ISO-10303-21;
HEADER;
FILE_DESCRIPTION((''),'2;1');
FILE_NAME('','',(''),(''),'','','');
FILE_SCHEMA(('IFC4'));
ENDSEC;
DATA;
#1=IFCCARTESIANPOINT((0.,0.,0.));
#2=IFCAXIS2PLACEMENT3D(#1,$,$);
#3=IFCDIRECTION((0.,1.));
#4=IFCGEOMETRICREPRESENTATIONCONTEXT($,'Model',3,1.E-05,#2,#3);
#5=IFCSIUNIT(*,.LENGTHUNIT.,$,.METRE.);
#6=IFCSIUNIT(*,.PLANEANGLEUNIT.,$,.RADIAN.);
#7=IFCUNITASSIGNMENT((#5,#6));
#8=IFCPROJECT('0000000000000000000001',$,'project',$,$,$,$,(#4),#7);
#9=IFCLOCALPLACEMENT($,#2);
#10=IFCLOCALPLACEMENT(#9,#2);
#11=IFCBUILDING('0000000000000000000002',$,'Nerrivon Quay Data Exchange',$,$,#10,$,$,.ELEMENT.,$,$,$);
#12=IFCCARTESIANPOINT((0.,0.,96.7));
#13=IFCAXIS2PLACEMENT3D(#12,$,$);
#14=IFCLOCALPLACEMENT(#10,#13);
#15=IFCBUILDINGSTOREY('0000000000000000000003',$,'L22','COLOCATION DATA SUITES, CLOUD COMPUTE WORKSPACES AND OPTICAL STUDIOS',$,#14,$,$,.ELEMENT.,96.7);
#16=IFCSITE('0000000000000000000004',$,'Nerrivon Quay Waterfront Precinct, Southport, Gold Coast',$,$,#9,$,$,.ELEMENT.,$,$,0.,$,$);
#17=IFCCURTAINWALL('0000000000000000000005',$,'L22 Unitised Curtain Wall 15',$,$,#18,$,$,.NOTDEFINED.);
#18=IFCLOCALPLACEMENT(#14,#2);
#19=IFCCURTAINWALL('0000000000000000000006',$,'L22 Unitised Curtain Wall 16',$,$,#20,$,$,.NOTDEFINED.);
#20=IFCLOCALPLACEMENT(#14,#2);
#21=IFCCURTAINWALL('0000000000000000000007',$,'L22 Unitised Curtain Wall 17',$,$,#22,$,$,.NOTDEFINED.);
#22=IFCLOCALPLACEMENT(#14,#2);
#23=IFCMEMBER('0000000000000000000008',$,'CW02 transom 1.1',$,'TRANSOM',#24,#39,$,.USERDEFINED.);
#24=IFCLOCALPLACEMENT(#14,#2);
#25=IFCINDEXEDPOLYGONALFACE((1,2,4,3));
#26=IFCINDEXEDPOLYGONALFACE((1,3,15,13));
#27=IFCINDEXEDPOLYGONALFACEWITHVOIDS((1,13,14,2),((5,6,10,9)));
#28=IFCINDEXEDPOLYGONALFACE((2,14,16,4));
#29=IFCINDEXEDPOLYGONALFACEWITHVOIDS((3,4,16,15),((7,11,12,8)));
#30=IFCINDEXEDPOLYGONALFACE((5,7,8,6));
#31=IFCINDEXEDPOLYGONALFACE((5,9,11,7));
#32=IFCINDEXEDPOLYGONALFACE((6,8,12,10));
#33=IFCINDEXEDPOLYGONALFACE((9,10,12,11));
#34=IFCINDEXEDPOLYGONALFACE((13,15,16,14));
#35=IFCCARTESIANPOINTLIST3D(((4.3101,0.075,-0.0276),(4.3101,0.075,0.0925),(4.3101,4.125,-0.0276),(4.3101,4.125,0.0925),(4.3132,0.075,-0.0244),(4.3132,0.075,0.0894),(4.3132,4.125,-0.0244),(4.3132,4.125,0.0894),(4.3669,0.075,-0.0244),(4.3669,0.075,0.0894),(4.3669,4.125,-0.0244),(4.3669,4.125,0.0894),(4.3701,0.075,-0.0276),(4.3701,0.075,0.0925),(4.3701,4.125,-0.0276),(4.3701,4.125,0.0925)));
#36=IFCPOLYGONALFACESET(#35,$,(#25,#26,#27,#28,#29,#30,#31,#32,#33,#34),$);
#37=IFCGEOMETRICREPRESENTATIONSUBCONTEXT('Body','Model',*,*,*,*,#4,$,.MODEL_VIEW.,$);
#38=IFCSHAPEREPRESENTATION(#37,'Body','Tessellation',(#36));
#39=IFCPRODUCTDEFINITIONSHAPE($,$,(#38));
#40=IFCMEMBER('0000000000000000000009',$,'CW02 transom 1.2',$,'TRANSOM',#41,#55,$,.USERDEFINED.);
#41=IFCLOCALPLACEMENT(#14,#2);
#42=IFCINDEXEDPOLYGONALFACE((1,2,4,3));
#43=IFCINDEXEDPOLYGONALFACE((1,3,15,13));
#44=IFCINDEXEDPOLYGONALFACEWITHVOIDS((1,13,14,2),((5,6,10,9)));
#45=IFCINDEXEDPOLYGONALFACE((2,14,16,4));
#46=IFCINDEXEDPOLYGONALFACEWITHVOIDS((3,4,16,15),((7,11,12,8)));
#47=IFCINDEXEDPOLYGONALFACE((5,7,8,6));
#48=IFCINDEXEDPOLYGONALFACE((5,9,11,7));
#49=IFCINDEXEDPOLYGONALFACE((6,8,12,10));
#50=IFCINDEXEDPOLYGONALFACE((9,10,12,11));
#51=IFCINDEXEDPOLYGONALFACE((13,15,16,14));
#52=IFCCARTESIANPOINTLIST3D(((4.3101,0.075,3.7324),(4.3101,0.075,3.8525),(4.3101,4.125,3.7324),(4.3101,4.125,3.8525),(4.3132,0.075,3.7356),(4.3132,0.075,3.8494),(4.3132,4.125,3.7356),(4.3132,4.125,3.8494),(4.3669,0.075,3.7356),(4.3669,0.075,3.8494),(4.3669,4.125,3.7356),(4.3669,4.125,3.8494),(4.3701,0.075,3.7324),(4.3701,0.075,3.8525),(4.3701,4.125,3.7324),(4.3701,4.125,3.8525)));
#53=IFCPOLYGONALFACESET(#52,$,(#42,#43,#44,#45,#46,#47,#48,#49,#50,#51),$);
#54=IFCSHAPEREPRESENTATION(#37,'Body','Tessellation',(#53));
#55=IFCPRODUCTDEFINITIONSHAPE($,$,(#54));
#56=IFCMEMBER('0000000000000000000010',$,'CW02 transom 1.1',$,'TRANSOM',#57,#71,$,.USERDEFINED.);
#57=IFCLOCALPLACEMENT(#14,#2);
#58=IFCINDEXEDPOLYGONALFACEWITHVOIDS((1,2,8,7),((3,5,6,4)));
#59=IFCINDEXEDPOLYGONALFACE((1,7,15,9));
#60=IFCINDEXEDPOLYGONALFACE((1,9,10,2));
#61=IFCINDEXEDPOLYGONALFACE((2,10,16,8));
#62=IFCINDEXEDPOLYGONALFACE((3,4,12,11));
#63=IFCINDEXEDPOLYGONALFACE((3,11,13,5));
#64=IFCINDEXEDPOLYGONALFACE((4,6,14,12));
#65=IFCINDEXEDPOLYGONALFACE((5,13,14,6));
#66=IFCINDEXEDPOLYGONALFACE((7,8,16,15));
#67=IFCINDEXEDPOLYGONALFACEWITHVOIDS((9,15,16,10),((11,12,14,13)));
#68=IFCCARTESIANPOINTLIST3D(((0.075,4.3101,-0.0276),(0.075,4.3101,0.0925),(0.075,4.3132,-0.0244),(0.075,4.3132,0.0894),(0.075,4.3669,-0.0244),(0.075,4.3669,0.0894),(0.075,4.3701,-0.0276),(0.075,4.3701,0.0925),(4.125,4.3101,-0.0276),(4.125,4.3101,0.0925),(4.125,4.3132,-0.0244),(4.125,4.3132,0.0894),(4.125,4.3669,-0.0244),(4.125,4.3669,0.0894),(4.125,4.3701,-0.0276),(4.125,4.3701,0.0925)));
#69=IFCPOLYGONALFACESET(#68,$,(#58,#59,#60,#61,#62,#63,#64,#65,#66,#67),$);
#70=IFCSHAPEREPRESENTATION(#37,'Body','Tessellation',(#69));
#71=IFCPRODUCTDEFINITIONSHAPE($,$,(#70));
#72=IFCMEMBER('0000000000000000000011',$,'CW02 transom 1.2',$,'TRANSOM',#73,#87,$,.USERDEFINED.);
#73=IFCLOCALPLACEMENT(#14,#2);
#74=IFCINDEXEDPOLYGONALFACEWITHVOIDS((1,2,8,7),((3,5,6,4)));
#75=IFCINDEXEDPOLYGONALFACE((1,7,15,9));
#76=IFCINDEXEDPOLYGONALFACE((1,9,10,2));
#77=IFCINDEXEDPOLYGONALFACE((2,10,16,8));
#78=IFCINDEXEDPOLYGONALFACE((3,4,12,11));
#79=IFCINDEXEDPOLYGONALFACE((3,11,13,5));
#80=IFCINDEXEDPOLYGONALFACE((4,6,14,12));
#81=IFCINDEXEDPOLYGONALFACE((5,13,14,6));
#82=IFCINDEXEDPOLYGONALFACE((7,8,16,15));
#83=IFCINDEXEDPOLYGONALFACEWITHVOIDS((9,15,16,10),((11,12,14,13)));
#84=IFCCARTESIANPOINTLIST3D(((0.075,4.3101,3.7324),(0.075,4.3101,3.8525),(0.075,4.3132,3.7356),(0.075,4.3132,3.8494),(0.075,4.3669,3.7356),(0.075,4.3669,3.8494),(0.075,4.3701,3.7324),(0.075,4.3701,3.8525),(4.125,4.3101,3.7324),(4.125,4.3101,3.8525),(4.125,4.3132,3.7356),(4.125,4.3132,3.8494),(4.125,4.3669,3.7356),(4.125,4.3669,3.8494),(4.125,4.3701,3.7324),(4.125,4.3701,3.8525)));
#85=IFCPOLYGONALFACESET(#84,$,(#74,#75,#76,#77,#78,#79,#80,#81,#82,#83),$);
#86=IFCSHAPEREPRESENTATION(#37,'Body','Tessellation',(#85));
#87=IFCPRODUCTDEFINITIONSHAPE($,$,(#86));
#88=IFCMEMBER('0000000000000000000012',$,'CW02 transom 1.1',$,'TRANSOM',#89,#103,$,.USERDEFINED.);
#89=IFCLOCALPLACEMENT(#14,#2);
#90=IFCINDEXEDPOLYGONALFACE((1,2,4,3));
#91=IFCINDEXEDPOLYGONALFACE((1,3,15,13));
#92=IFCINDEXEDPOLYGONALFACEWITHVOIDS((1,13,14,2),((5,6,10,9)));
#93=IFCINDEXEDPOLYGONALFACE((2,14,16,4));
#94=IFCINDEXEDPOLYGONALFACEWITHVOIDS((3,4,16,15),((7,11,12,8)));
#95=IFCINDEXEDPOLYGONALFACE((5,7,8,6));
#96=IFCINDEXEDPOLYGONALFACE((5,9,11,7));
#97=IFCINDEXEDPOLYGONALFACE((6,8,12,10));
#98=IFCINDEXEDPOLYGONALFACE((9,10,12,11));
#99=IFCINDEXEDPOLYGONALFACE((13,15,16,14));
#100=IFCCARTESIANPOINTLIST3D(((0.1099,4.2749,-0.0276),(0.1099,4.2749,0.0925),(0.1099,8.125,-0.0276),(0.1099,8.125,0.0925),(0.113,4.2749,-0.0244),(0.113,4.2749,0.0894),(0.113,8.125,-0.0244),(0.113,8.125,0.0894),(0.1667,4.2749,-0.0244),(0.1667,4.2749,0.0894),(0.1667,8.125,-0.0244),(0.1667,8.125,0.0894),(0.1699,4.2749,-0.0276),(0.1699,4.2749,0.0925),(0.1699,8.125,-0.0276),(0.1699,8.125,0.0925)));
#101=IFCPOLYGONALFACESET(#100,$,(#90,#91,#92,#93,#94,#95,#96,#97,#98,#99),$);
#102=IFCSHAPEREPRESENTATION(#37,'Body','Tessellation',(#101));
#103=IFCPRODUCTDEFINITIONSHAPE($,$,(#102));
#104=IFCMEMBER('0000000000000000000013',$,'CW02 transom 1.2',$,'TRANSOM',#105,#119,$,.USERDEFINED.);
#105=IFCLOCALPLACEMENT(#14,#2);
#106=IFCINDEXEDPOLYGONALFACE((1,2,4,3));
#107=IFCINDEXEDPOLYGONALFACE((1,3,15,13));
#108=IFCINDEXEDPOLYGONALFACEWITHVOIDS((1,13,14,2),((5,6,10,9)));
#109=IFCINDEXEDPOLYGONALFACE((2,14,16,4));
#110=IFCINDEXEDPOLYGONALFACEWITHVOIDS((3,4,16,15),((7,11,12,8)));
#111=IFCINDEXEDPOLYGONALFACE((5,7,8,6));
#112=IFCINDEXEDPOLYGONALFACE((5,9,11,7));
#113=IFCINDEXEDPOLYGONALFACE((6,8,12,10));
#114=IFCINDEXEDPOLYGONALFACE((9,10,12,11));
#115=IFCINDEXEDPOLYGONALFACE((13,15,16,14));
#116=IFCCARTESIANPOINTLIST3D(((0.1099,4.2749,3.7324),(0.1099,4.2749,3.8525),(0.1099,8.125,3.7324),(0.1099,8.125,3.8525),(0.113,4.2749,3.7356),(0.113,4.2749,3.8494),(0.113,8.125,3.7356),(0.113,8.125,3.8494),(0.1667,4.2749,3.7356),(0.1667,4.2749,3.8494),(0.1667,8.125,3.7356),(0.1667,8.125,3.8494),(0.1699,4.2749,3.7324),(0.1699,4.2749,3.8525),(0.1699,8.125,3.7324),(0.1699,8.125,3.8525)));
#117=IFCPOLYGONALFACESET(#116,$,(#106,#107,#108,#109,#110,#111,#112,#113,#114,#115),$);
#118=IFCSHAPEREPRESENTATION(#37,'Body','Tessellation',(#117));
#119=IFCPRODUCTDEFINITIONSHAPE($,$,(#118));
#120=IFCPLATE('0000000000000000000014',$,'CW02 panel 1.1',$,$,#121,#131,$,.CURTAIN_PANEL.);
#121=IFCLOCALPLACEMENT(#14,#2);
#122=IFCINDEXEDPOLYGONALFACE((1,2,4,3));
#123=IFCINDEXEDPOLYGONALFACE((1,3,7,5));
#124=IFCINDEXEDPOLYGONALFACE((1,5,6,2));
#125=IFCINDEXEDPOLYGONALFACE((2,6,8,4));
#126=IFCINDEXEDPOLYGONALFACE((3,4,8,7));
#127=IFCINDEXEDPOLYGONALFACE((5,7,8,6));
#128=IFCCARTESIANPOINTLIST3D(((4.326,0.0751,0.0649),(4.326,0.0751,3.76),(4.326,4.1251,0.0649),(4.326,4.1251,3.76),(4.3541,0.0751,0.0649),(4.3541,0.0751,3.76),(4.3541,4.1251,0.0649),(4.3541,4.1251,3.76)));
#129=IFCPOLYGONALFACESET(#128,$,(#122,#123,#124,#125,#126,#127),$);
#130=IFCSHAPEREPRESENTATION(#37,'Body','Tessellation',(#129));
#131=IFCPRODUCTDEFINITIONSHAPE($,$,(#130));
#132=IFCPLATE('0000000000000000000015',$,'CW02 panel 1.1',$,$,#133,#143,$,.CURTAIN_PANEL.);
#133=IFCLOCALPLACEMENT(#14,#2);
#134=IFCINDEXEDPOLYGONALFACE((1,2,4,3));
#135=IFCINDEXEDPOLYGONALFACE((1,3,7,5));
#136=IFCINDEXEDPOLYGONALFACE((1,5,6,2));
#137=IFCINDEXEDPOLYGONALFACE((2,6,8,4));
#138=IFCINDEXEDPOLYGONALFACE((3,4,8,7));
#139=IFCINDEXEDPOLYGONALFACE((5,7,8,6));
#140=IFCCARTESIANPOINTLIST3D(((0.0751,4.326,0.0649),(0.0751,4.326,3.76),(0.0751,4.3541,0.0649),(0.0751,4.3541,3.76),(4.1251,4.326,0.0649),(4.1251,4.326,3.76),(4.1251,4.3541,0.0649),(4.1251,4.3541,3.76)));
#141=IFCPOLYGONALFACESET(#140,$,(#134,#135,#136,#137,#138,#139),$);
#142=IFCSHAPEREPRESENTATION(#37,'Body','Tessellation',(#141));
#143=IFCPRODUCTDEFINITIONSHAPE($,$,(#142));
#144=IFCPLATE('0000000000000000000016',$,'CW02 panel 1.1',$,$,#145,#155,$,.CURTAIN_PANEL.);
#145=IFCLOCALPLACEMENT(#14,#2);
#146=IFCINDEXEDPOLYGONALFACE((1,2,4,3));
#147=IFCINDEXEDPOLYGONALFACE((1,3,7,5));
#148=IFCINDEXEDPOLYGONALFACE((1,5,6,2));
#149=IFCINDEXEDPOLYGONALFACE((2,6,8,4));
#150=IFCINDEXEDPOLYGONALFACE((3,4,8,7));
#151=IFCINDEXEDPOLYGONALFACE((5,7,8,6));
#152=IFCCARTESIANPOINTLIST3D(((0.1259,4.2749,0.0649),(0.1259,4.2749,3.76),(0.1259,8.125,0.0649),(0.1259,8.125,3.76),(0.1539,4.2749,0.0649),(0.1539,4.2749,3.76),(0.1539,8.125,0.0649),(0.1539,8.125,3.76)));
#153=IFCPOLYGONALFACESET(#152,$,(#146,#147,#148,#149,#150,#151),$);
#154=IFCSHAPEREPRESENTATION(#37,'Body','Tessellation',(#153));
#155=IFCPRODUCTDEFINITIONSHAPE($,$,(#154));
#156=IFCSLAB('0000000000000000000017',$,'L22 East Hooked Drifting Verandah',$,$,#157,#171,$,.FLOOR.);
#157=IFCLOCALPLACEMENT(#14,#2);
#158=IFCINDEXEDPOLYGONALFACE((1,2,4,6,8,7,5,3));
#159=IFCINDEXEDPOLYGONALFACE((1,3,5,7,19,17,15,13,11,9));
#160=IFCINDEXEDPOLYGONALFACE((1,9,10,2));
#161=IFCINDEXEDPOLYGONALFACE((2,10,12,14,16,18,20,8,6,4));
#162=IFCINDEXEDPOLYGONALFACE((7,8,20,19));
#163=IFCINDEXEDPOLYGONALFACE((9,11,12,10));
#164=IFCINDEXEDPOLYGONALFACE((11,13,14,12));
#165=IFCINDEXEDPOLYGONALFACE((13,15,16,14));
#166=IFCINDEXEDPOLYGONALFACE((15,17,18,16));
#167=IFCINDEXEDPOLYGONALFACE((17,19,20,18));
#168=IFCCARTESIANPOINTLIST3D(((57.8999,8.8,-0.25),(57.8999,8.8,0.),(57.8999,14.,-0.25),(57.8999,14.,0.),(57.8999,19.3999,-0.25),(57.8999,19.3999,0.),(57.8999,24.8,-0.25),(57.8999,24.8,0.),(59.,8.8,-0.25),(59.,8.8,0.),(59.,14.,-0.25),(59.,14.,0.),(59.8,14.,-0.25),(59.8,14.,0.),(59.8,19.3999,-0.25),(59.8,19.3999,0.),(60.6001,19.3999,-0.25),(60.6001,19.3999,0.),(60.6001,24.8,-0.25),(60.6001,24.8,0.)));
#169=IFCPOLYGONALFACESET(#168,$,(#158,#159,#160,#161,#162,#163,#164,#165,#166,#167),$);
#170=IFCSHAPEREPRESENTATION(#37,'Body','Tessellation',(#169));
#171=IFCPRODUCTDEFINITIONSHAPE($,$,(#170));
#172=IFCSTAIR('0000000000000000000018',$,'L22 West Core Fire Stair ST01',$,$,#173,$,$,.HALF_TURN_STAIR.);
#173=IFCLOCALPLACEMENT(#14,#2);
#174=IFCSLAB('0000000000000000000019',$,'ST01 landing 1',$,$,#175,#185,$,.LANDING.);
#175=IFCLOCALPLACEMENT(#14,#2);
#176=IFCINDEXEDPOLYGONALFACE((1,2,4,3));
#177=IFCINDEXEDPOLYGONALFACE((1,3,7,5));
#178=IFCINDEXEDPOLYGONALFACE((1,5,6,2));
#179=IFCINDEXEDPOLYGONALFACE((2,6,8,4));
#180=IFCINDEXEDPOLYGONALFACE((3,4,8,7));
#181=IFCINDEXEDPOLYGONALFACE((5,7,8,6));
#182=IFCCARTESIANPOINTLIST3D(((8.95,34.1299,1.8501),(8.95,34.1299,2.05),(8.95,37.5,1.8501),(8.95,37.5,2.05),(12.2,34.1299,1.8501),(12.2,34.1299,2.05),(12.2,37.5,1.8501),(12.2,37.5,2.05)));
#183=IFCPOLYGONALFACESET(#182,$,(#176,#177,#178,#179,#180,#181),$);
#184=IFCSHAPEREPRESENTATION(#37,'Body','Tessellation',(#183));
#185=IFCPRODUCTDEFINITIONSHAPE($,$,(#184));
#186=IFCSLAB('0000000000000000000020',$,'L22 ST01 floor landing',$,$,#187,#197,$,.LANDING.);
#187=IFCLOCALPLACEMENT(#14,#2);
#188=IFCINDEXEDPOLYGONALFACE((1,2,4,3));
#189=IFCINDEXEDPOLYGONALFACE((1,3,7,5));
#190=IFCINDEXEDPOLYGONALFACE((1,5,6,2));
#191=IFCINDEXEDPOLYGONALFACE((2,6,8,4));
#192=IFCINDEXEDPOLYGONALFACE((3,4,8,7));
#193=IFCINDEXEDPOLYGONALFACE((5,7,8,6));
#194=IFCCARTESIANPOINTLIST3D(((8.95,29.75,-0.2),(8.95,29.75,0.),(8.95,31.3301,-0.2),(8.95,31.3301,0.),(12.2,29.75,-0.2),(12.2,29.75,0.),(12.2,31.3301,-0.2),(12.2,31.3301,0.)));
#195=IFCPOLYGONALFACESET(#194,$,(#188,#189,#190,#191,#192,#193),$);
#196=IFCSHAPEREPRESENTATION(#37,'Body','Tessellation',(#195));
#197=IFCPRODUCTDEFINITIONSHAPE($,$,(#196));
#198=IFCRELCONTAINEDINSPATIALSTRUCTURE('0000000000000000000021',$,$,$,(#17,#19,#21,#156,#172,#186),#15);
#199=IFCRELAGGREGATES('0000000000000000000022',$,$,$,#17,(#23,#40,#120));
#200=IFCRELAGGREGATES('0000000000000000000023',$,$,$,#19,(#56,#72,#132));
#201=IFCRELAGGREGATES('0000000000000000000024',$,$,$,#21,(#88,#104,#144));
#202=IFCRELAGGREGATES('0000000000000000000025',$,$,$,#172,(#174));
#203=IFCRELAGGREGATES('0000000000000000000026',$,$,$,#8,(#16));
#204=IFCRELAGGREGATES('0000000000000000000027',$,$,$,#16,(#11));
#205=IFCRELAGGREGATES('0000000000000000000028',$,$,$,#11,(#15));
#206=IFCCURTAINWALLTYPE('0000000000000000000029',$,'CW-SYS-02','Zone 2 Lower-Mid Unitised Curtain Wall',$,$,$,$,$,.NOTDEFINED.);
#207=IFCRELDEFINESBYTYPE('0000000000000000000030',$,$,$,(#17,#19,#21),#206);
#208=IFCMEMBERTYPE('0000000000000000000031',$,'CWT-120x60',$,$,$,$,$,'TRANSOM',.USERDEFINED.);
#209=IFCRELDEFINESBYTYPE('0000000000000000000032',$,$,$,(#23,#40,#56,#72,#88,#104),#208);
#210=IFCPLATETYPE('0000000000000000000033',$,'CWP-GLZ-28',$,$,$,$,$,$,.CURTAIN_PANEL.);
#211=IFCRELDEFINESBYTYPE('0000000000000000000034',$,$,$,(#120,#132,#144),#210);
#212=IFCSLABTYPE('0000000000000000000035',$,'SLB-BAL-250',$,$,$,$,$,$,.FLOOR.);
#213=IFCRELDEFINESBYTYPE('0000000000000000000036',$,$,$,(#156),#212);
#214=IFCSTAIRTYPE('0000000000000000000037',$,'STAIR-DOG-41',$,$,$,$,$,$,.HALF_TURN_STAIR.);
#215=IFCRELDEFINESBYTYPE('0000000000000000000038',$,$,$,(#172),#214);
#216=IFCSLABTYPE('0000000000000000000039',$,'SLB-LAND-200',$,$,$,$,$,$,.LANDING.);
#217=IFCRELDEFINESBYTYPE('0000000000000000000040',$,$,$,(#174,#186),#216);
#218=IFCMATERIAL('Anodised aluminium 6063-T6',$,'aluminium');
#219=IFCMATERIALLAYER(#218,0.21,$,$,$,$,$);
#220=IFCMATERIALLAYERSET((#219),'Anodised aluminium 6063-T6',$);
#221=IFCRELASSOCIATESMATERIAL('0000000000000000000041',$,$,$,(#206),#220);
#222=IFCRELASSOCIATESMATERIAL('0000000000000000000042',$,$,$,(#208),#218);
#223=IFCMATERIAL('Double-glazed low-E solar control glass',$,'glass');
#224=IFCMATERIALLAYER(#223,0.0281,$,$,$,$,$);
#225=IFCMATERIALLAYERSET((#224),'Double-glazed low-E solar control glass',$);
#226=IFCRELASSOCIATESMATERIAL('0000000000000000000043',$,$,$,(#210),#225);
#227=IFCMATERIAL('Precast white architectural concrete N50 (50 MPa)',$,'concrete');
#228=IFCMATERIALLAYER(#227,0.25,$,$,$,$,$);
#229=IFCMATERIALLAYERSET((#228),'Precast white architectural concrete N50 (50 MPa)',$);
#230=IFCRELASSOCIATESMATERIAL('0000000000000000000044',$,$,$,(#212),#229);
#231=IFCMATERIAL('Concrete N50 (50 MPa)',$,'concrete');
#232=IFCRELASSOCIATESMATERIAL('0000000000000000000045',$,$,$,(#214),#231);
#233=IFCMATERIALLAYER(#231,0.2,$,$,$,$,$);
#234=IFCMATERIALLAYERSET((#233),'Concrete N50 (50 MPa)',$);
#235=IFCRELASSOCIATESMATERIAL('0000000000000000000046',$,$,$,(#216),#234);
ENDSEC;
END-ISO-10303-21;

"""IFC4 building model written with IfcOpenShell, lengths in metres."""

from ifc_helpers import new_model, si_unit, direction, frame, origin, origin_2d, place, context, subcontext, project, spatial, polyline, rectangle, hollow_rectangle, outline, extrude, material, layer, layer_set, material_profile, profile_set, type_object, element, aggregate, save


model = new_model("IFC4")

# Units and contexts
model_context = context("Model", 3, precision=1e-05, world=origin(), true_north=direction((0.0, 1.0)))
body_context = subcontext(model_context, "Body", "Model", "MODEL_VIEW")
ifc_project = project(units=[si_unit("LENGTHUNIT", "METRE"), si_unit("PLANEANGLEUNIT", "RADIAN")], contexts=[model_context])

# Site, building, storey
site_placement = place(None, origin())
site = spatial("IfcSite", under=ifc_project, at=site_placement, Name="Nerrivon Quay Waterfront Precinct, Southport, Gold Coast", CompositionType="ELEMENT", RefElevation=0.0)
building_placement = place(site_placement, origin())
building = spatial("IfcBuilding", under=site, at=building_placement, Name="Nerrivon Quay Data Exchange", CompositionType="ELEMENT")
storey_placement = place(building_placement, frame((0.0, 0.0, 96.7)))
storey = spatial("IfcBuildingStorey", under=building, at=storey_placement, Name="L22", Description="COLOCATION DATA SUITES, CLOUD COMPUTE WORKSPACES AND OPTICAL STUDIOS", CompositionType="ELEMENT", Elevation=96.7)

# Shared definitions
ifc_material_1 = material(Name="Anodised aluminium 6063-T6", Category="aluminium")
ifc_layer_1 = layer(ifc_material_1, 0.21)
ifc_layer_set_1 = layer_set([ifc_layer_1], Name="Anodised aluminium 6063-T6")
curtain_wall_type = type_object("IfcCurtainWallType", Name="CW-SYS-02", Description="Zone 2 Lower-Mid Unitised Curtain Wall", PredefinedType="NOTDEFINED", material=ifc_layer_set_1)

# Curtain walls
curtain_wall_1_placement = place(storey_placement, origin())
curtain_wall_1 = element("IfcCurtainWall", 1, at=curtain_wall_1_placement, inside=storey, type_object=curtain_wall_type, Name="L22 Unitised Curtain Wall 15", PredefinedType="NOTDEFINED")
curtain_wall_2_placement = place(storey_placement, origin())
curtain_wall_2 = element("IfcCurtainWall", 2, at=curtain_wall_2_placement, inside=storey, type_object=curtain_wall_type, Name="L22 Unitised Curtain Wall 16", PredefinedType="NOTDEFINED")
curtain_wall_3_placement = place(storey_placement, origin())
curtain_wall_3 = element("IfcCurtainWall", 3, at=curtain_wall_3_placement, inside=storey, type_object=curtain_wall_type, Name="L22 Unitised Curtain Wall 17", PredefinedType="NOTDEFINED")

# Members
ifc_material_profile_1 = material_profile(ifc_material_1, hollow_rectangle(XDim=0.0601, YDim=0.1201, WallThickness=0.0032, at=origin_2d()), Name="ALU-TRAN-120x60")
ifc_profile_set_1 = profile_set([ifc_material_profile_1], Name="Anodised aluminium 6063-T6")
member_type_1 = type_object("IfcMemberType", Name="CWT-120x60", ElementType="TRANSOM", PredefinedType="USERDEFINED", material=ifc_profile_set_1)
member_1_placement = place(storey_placement, frame((4.3401, 0.075, 0.0325), z_axis=(0.0, 1.0, 0.0), x_axis=(-1.0, 0.0, 0.0)))
member_1 = element("IfcMember", 4, at=member_1_placement, type_object=member_type_1, Name="CW02 transom 1.1", ObjectType="TRANSOM", PredefinedType="USERDEFINED", context=body_context, shape_type="SweptSolid", body=[
    extrude(hollow_rectangle(XDim=0.0601, YDim=0.1201, WallThickness=0.0032, at=origin_2d()), origin(), (0.0, 0.0, 1.0), 4.05),
])
member_2_placement = place(storey_placement, frame((4.3401, 0.075, 3.7925), z_axis=(0.0, 1.0, 0.0), x_axis=(-1.0, 0.0, 0.0)))
member_2 = element("IfcMember", 5, at=member_2_placement, type_object=member_type_1, Name="CW02 transom 1.2", ObjectType="TRANSOM", PredefinedType="USERDEFINED", context=body_context, shape_type="SweptSolid", body=[
    extrude(hollow_rectangle(XDim=0.0601, YDim=0.1201, WallThickness=0.0032, at=origin_2d()), origin(), (0.0, 0.0, 1.0), 4.05),
])
member_3_placement = place(storey_placement, frame((4.125, 4.3401, 0.0325), z_axis=(-1.0, 0.0, 0.0), x_axis=(0.0, -1.0, 0.0)))
member_3 = element("IfcMember", 6, at=member_3_placement, type_object=member_type_1, Name="CW02 transom 1.1", ObjectType="TRANSOM", PredefinedType="USERDEFINED", context=body_context, shape_type="SweptSolid", body=[
    extrude(hollow_rectangle(XDim=0.0601, YDim=0.1201, WallThickness=0.0032, at=origin_2d()), origin(), (0.0, 0.0, 1.0), 4.05),
])
member_4_placement = place(storey_placement, frame((4.125, 4.3401, 3.7925), z_axis=(-1.0, 0.0, 0.0), x_axis=(0.0, -1.0, 0.0)))
member_4 = element("IfcMember", 7, at=member_4_placement, type_object=member_type_1, Name="CW02 transom 1.2", ObjectType="TRANSOM", PredefinedType="USERDEFINED", context=body_context, shape_type="SweptSolid", body=[
    extrude(hollow_rectangle(XDim=0.0601, YDim=0.1201, WallThickness=0.0032, at=origin_2d()), origin(), (0.0, 0.0, 1.0), 4.05),
])
member_5_placement = place(storey_placement, frame((0.1399, 4.2749, 0.0325), z_axis=(0.0, 1.0, 0.0), x_axis=(-1.0, 0.0, 0.0)))
member_5 = element("IfcMember", 8, at=member_5_placement, type_object=member_type_1, Name="CW02 transom 1.1", ObjectType="TRANSOM", PredefinedType="USERDEFINED", context=body_context, shape_type="SweptSolid", body=[
    extrude(hollow_rectangle(XDim=0.0601, YDim=0.1201, WallThickness=0.0032, at=origin_2d()), origin(), (0.0, 0.0, 1.0), 3.8501),
])
member_6_placement = place(storey_placement, frame((0.1399, 4.2749, 3.7925), z_axis=(0.0, 1.0, 0.0), x_axis=(-1.0, 0.0, 0.0)))
member_6 = element("IfcMember", 9, at=member_6_placement, type_object=member_type_1, Name="CW02 transom 1.2", ObjectType="TRANSOM", PredefinedType="USERDEFINED", context=body_context, shape_type="SweptSolid", body=[
    extrude(hollow_rectangle(XDim=0.0601, YDim=0.1201, WallThickness=0.0032, at=origin_2d()), origin(), (0.0, 0.0, 1.0), 3.8501),
])

# Plates
ifc_material_2 = material(Name="Double-glazed low-E solar control glass", Category="glass")
ifc_layer_2 = layer(ifc_material_2, 0.0281)
ifc_layer_set_2 = layer_set([ifc_layer_2], Name="Double-glazed low-E solar control glass")
plate_type = type_object("IfcPlateType", Name="CWP-GLZ-28", PredefinedType="CURTAIN_PANEL", material=ifc_layer_set_2)
plate_1_placement = place(storey_placement, frame((4.3401, 2.1001, 0.0649), z_axis=(0.0, 0.0, 1.0), x_axis=(0.0, 1.0, 0.0)))
plate_1 = element("IfcPlate", 10, at=plate_1_placement, type_object=plate_type, Name="CW02 panel 1.1", PredefinedType="CURTAIN_PANEL", context=body_context, shape_type="SweptSolid", body=[
    extrude(rectangle(XDim=4.05, YDim=0.0281, at=origin_2d()), origin(), (0.0, 0.0, 1.0), 3.6951),
])
aggregate(curtain_wall_1, [member_1, member_2, plate_1])
plate_2_placement = place(storey_placement, frame((2.1001, 4.3401, 0.0649), z_axis=(0.0, 0.0, 1.0), x_axis=(-1.0, 0.0, 0.0)))
plate_2 = element("IfcPlate", 11, at=plate_2_placement, type_object=plate_type, Name="CW02 panel 1.1", PredefinedType="CURTAIN_PANEL", context=body_context, shape_type="SweptSolid", body=[
    extrude(rectangle(XDim=4.05, YDim=0.0281, at=origin_2d()), origin(), (0.0, 0.0, 1.0), 3.6951),
])
aggregate(curtain_wall_2, [member_3, member_4, plate_2])
plate_3_placement = place(storey_placement, frame((0.1399, 6.2, 0.0649), z_axis=(0.0, 0.0, 1.0), x_axis=(0.0, 1.0, 0.0)))
plate_3 = element("IfcPlate", 12, at=plate_3_placement, type_object=plate_type, Name="CW02 panel 1.1", PredefinedType="CURTAIN_PANEL", context=body_context, shape_type="SweptSolid", body=[
    extrude(rectangle(XDim=3.8501, YDim=0.0281, at=origin_2d()), origin(), (0.0, 0.0, 1.0), 3.6951),
])
aggregate(curtain_wall_3, [member_5, member_6, plate_3])

# Slab
ifc_material_3 = material(Name="Precast white architectural concrete N50 (50 MPa)", Category="concrete")
ifc_layer_3 = layer(ifc_material_3, 0.25)
ifc_layer_set_3 = layer_set([ifc_layer_3], Name="Precast white architectural concrete N50 (50 MPa)")
slab_type_1 = type_object("IfcSlabType", Name="SLB-BAL-250", PredefinedType="FLOOR", material=ifc_layer_set_3)
slab_1_placement = place(storey_placement, frame((0.0, 0.0, -0.25)))
element("IfcSlab", 13, at=slab_1_placement, inside=storey, type_object=slab_type_1, Name="L22 East Hooked Drifting Verandah", PredefinedType="FLOOR", context=body_context, shape_type="SweptSolid", body=[
    extrude(outline(polyline([(59.0, 14.0), (59.8, 14.0), (59.8, 19.3999), (60.6001, 19.3999), (60.6001, 24.8), (57.8999, 24.8), (57.8999, 19.3999), (57.8999, 14.0), (57.8999, 8.8), (59.0, 8.8), (59.0, 14.0)])), origin(), (0.0, 0.0, 1.0), 0.25),
])

# Stair, slab
ifc_material_4 = material(Name="Concrete N50 (50 MPa)", Category="concrete")
stair_type = type_object("IfcStairType", Name="STAIR-DOG-41", PredefinedType="HALF_TURN_STAIR", material=ifc_material_4)
stair_1_placement = place(storey_placement, origin())
stair_1 = element("IfcStair", 14, at=stair_1_placement, inside=storey, type_object=stair_type, Name="L22 West Core Fire Stair ST01", PredefinedType="HALF_TURN_STAIR")
ifc_layer_4 = layer(ifc_material_4, 0.2)
ifc_layer_set_4 = layer_set([ifc_layer_4], Name="Concrete N50 (50 MPa)")
slab_type_2 = type_object("IfcSlabType", Name="SLB-LAND-200", PredefinedType="LANDING", material=ifc_layer_set_4)
slab_2_placement = place(storey_placement, frame((0.0, 0.0, 1.8501)))
slab_2 = element("IfcSlab", 15, at=slab_2_placement, type_object=slab_type_2, Name="ST01 landing 1", PredefinedType="LANDING", context=body_context, shape_type="SweptSolid", body=[
    extrude(outline(polyline([(12.2, 34.1299), (12.2, 37.5), (8.95, 37.5), (8.95, 34.1299), (12.2, 34.1299)])), origin(), (0.0, 0.0, 1.0), 0.2),
])
aggregate(stair_1, [slab_2])

# Slab
slab_3_placement = place(storey_placement, frame((0.0, 0.0, -0.2)))
element("IfcSlab", 16, at=slab_3_placement, inside=storey, type_object=slab_type_2, Name="L22 ST01 floor landing", PredefinedType="LANDING", context=body_context, shape_type="SweptSolid", body=[
    extrude(outline(polyline([(12.2, 29.75), (12.2, 31.3301), (8.95, 31.3301), (8.95, 29.75), (12.2, 29.75)])), origin(), (0.0, 0.0, 1.0), 0.2),
])

save(model, "model.ifc")
